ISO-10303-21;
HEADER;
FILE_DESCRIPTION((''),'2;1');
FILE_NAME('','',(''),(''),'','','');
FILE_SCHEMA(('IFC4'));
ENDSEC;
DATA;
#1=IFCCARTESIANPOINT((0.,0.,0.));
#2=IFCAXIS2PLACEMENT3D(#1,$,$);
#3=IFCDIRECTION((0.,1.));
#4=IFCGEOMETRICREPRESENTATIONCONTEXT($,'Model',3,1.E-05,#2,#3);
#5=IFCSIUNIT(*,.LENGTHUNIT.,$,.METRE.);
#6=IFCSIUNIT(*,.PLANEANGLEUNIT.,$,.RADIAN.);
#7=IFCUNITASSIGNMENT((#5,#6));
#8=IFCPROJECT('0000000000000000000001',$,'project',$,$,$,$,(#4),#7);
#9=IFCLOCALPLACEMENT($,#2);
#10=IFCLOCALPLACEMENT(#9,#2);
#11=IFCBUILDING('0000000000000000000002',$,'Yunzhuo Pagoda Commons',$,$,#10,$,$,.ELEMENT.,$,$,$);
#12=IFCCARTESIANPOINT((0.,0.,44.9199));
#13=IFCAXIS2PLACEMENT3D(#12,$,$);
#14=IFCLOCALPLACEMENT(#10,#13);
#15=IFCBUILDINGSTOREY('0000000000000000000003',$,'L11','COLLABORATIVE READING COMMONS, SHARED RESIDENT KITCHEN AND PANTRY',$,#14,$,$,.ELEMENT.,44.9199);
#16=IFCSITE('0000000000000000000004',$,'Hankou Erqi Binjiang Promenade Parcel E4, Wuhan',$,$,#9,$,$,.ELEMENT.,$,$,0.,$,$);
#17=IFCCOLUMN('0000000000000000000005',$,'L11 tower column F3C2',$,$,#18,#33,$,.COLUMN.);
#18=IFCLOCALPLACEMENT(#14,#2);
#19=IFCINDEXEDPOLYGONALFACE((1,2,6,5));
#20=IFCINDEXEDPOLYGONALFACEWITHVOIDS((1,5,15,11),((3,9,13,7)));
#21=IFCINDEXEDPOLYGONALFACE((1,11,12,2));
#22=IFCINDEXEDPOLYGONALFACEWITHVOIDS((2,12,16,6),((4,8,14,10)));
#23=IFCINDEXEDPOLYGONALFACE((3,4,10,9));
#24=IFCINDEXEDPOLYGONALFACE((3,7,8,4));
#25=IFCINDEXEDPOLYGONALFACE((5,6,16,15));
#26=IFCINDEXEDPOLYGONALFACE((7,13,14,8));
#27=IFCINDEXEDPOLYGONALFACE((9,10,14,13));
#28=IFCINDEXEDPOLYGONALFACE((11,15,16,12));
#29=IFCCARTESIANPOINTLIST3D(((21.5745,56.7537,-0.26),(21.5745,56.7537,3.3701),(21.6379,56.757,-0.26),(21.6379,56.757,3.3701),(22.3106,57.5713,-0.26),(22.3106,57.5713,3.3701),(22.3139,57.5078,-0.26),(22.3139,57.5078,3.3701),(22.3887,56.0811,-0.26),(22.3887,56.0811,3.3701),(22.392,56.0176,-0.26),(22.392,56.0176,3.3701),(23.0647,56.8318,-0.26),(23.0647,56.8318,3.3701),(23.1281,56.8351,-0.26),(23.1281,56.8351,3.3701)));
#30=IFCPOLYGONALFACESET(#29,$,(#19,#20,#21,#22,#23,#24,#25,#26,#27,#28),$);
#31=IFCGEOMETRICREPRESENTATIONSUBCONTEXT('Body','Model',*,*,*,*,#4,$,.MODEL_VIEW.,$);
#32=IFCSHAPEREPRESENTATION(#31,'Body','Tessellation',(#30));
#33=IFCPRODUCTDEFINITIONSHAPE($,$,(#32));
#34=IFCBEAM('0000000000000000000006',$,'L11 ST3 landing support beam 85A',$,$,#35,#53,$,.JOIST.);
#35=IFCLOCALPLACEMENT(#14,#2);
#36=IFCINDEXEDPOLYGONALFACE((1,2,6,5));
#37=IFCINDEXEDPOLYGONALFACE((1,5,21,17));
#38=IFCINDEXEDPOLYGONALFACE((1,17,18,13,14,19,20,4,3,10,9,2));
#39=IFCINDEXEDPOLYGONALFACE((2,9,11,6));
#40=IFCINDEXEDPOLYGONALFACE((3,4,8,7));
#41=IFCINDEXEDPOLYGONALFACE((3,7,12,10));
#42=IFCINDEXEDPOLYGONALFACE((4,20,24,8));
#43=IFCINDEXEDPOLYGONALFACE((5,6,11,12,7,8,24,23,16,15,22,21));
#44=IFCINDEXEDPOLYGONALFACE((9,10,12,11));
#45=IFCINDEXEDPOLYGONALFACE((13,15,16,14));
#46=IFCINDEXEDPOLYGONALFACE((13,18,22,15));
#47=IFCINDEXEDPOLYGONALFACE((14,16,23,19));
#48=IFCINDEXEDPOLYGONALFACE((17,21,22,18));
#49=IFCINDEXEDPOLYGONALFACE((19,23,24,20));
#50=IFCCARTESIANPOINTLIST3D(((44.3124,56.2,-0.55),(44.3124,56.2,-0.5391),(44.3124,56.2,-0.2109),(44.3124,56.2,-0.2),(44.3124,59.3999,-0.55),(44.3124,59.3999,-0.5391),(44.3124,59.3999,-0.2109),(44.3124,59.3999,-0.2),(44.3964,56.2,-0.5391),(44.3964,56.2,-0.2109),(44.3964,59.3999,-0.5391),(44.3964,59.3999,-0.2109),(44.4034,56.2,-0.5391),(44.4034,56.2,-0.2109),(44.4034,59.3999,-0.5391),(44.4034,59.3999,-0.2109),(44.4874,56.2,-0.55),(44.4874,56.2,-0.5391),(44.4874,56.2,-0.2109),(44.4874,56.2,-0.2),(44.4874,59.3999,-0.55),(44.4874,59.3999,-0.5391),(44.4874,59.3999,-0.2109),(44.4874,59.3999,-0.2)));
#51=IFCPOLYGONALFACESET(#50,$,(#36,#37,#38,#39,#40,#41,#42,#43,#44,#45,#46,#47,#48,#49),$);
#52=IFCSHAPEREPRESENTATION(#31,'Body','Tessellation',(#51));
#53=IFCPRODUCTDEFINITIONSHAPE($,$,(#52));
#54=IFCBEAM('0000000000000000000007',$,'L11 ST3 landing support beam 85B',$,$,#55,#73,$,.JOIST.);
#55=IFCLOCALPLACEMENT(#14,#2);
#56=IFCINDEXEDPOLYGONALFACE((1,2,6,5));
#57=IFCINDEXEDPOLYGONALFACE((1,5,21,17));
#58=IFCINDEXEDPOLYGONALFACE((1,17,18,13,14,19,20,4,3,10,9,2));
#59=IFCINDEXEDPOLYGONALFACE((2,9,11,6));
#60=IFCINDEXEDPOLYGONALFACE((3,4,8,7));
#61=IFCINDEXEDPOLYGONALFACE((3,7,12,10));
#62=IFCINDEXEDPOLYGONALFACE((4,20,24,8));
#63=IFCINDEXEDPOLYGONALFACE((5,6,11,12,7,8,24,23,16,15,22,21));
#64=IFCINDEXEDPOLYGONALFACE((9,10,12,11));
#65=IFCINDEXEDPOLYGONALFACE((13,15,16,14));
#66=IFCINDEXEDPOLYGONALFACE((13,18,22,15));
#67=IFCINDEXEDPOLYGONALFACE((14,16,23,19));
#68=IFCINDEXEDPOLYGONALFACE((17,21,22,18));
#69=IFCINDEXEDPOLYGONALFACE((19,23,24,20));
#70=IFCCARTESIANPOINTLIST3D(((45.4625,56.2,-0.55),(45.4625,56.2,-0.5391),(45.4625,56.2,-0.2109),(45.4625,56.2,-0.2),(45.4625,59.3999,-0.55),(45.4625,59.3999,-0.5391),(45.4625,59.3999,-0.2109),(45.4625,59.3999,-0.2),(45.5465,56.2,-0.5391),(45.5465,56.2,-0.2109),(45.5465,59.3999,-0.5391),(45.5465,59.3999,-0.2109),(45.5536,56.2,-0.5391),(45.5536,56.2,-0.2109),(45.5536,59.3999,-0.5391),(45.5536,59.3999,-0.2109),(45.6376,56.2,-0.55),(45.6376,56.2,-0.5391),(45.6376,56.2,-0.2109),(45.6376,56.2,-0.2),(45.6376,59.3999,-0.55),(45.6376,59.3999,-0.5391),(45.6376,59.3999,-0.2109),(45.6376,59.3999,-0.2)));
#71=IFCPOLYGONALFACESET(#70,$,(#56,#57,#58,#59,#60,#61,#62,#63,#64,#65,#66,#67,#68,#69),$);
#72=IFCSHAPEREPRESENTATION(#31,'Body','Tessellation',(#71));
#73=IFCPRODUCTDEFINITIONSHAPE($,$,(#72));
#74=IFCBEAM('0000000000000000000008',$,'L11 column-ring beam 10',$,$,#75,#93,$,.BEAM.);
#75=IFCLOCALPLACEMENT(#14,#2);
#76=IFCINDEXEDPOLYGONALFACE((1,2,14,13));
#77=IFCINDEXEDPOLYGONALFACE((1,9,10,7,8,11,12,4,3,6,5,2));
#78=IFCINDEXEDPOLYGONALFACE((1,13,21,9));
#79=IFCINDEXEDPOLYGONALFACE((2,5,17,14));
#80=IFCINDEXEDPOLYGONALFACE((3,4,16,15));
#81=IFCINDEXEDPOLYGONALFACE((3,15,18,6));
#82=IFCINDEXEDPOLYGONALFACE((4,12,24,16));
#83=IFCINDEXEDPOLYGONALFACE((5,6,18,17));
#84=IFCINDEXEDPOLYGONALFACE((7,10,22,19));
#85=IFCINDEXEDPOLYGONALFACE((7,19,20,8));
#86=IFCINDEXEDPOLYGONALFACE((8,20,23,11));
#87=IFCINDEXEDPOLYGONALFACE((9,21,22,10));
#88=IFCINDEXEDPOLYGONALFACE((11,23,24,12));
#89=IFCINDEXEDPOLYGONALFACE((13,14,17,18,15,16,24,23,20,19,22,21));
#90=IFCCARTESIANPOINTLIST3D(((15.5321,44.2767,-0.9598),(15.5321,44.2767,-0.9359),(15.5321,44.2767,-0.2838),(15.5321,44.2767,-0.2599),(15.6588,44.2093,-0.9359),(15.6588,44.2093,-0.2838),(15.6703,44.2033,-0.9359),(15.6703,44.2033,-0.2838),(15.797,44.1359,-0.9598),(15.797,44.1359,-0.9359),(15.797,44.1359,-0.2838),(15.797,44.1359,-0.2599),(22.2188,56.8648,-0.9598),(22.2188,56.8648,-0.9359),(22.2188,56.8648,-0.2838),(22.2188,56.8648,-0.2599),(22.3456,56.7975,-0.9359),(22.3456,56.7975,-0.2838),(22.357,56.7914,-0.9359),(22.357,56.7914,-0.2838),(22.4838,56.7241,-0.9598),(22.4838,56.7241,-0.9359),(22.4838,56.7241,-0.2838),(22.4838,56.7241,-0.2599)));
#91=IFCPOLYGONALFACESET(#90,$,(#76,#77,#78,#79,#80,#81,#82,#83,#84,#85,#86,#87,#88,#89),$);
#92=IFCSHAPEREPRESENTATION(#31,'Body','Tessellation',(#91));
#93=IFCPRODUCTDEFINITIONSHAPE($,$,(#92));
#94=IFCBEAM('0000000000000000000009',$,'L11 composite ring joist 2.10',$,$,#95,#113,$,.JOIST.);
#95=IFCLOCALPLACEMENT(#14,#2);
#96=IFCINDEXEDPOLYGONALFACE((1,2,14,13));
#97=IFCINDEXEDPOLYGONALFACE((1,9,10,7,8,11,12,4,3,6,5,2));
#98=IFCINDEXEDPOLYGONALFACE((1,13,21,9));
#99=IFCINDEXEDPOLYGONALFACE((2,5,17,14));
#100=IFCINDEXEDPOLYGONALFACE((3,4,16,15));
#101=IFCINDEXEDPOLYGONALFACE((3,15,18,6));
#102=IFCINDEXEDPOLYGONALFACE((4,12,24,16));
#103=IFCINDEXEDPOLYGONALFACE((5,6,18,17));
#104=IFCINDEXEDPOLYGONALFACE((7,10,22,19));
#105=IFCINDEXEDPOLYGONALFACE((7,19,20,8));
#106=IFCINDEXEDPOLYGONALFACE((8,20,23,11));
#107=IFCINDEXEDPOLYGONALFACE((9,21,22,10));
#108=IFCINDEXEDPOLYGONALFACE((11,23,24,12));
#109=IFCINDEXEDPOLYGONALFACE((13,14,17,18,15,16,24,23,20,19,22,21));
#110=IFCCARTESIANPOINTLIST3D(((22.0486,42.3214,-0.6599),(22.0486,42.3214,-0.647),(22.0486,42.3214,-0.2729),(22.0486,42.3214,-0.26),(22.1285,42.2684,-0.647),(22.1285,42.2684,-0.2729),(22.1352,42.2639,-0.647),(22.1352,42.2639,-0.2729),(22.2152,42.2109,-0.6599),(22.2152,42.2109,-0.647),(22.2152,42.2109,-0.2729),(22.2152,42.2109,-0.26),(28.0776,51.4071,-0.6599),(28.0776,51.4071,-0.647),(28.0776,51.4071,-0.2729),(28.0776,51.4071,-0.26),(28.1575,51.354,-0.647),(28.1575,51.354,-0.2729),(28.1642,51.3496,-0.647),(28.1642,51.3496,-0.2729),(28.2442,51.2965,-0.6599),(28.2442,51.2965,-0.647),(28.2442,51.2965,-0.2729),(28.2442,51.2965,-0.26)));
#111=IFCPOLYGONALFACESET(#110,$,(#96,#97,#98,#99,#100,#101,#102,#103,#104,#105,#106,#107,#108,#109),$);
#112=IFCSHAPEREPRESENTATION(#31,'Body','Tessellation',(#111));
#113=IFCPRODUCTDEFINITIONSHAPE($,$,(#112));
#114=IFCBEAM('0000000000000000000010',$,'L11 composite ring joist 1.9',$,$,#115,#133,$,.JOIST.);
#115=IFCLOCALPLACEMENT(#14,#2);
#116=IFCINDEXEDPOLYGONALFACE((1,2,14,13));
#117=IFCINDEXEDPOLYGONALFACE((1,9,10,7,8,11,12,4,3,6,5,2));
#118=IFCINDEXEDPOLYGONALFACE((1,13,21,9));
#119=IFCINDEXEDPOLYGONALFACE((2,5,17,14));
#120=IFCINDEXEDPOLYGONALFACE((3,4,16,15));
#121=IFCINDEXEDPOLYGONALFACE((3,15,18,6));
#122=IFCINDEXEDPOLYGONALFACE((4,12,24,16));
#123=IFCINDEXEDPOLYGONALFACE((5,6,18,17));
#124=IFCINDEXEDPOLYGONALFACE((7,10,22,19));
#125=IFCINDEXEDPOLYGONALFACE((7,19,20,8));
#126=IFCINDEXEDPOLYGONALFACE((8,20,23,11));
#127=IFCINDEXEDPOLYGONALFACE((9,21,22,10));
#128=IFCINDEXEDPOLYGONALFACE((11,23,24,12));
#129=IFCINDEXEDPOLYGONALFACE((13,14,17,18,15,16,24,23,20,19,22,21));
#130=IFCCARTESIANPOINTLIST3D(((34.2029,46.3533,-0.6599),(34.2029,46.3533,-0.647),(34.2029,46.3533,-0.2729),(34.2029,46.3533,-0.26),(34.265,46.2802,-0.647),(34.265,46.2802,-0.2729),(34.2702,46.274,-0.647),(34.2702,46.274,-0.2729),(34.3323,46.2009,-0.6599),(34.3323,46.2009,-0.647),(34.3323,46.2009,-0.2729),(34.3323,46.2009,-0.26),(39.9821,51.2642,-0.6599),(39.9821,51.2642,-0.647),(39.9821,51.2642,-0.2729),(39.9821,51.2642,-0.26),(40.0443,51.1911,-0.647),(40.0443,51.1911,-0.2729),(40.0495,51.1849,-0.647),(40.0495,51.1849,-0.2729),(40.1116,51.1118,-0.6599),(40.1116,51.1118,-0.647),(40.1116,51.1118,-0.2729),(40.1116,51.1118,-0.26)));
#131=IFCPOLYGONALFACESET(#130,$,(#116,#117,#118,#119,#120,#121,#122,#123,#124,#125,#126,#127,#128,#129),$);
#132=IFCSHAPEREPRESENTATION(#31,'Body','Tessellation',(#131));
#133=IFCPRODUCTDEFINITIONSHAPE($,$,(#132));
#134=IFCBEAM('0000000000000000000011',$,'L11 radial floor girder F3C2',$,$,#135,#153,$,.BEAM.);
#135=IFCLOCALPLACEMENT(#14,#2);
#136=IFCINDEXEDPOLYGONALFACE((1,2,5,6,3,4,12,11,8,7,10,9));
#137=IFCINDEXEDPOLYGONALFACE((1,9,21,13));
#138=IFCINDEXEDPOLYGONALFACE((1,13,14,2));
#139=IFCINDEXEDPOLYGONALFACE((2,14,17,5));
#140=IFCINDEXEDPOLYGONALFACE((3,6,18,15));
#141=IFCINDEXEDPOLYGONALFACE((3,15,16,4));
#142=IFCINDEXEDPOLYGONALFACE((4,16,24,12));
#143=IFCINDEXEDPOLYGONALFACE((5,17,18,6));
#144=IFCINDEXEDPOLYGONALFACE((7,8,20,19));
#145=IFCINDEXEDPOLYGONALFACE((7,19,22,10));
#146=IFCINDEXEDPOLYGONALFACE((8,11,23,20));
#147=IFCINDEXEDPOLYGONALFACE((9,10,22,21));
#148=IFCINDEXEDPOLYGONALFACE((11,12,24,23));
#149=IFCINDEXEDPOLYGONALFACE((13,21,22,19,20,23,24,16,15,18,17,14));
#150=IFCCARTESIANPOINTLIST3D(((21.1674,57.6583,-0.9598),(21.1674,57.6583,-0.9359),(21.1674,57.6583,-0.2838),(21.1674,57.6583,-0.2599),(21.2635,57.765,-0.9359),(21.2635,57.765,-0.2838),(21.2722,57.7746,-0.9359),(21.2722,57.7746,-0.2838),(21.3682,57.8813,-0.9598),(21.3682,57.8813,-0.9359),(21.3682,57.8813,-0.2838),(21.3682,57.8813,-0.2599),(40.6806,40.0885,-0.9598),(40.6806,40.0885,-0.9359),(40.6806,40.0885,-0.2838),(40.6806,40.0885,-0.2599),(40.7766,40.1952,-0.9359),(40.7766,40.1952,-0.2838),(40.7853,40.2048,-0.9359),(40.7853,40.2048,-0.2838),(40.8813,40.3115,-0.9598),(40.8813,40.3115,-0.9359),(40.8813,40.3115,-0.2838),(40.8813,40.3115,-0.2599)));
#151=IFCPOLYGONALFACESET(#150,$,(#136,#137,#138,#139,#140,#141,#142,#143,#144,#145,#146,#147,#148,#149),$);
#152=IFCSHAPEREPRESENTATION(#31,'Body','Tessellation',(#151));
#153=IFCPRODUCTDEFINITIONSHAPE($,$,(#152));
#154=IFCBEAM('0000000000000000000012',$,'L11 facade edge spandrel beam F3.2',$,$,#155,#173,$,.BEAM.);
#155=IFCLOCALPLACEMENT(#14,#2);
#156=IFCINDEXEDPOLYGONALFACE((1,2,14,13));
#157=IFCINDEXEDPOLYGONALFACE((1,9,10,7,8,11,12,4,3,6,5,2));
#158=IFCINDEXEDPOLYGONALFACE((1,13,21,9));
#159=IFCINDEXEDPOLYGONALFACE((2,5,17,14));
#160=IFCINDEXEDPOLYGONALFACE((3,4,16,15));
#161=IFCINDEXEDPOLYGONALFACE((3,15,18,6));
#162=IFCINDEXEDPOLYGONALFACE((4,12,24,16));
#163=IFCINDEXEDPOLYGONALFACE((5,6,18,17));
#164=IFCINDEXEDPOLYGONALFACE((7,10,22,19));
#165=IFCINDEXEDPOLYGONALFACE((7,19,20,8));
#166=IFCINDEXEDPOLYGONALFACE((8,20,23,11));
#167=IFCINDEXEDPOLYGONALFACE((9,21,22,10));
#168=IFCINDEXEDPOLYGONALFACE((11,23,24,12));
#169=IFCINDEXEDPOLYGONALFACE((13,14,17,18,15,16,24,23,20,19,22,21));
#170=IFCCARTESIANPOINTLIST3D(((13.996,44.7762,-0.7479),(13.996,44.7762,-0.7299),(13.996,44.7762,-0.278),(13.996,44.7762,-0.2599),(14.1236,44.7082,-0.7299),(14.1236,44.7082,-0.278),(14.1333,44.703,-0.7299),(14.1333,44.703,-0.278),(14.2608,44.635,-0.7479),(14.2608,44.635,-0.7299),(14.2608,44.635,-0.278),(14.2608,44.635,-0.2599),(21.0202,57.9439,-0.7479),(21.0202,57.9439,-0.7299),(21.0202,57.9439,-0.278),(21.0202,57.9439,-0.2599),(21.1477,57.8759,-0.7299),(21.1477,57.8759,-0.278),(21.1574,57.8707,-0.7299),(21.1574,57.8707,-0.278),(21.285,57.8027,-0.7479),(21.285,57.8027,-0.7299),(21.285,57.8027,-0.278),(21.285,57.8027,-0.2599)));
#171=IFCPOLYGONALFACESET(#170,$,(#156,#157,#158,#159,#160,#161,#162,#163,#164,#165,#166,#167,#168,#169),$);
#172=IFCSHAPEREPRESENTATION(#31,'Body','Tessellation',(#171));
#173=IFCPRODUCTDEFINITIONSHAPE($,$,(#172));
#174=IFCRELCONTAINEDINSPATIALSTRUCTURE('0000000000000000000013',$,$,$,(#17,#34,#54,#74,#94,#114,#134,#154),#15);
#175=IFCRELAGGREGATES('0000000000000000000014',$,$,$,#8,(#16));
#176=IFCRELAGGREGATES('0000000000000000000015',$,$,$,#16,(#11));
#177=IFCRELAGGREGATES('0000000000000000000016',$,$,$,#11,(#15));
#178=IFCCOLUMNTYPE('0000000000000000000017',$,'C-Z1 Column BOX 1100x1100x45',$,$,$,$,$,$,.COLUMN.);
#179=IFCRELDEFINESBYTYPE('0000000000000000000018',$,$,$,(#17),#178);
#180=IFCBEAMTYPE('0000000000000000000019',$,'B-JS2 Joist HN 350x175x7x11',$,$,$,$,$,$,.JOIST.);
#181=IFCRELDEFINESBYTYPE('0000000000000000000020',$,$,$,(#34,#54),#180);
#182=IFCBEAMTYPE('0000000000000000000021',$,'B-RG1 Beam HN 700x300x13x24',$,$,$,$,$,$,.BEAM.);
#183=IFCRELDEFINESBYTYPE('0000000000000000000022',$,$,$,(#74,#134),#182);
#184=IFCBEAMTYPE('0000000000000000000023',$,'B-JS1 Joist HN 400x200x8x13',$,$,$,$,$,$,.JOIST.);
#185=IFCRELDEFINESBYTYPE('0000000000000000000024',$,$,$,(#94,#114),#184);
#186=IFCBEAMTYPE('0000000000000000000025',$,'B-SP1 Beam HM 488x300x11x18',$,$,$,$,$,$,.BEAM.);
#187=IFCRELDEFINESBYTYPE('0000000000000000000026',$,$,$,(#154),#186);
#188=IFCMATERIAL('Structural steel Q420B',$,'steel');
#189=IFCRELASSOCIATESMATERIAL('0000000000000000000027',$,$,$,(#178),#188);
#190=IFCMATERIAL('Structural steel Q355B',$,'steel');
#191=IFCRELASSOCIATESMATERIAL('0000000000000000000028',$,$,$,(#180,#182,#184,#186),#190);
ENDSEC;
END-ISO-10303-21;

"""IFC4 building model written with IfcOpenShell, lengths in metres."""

from ifc_helpers import new_model, si_unit, direction, frame, origin, origin_2d, place, context, subcontext, project, spatial, hollow_rectangle, i_section, extrude, source, transform, mapped, material, material_profile, profile_set, type_object, element, save


model = new_model("IFC4")

# Units and contexts
model_context = context("Model", 3, precision=1e-05, world=origin(), true_north=direction((0.0, 1.0)))
body_context = subcontext(model_context, "Body", "Model", "MODEL_VIEW")
ifc_project = project(units=[si_unit("LENGTHUNIT", "METRE"), si_unit("PLANEANGLEUNIT", "RADIAN")], contexts=[model_context])

# Site, building, storey
site_placement = place(None, origin())
site = spatial("IfcSite", under=ifc_project, at=site_placement, Name="Hankou Erqi Binjiang Promenade Parcel E4, Wuhan", CompositionType="ELEMENT", RefElevation=0.0)
building_placement = place(site_placement, origin())
building = spatial("IfcBuilding", under=site, at=building_placement, Name="Yunzhuo Pagoda Commons", CompositionType="ELEMENT")
storey_placement = place(building_placement, frame((0.0, 0.0, 44.9199)))
storey = spatial("IfcBuildingStorey", under=building, at=storey_placement, Name="L11", Description="COLLABORATIVE READING COMMONS, SHARED RESIDENT KITCHEN AND PANTRY", CompositionType="ELEMENT", Elevation=44.9199)

# Column
ifc_material_1 = material(Name="Structural steel Q420B", Category="steel")
ifc_material_profile_1 = material_profile(ifc_material_1, hollow_rectangle(XDim=1.1001, YDim=1.1001, WallThickness=0.0449, at=origin_2d()), Name="Structural steel Q420B")
ifc_profile_set_1 = profile_set([ifc_material_profile_1], Name="Structural steel Q420B")
column_type = type_object("IfcColumnType", Name="C-Z1 Column BOX 1100x1100x45", PredefinedType="COLUMN", material=ifc_profile_set_1)
shared_shape_1 = source(origin(), body_context, "Body", "SweptSolid", [
    extrude(hollow_rectangle(XDim=1.1001, YDim=1.1001, WallThickness=0.0449, at=origin_2d()), origin(), (0.0, 0.0, 1.0), 3.6301),
])
column_placement = place(storey_placement, frame((22.3513, 56.7944, -0.26), z_axis=(0.0, 0.0, 1.0), x_axis=(-0.669131, -0.743145, 0.0)))
element("IfcColumn", 1, at=column_placement, inside=storey, type_object=column_type, Name="L11 tower column F3C2", PredefinedType="COLUMN", context=body_context, shape_type="MappedRepresentation", body=[
    mapped(shared_shape_1, transform((0.0, 0.0, 0.0), scale=1.0)),
])

# Beams
ifc_material_2 = material(Name="Structural steel Q355B", Category="steel")
ifc_material_profile_2 = material_profile(ifc_material_2, i_section(OverallWidth=0.175, OverallDepth=0.3501, WebThickness=0.0071, FlangeThickness=0.011, at=origin_2d()), Name="Structural steel Q355B")
ifc_profile_set_2 = profile_set([ifc_material_profile_2], Name="Structural steel Q355B")
beam_type_1 = type_object("IfcBeamType", Name="B-JS2 Joist HN 350x175x7x11", PredefinedType="JOIST", material=ifc_profile_set_2)
shared_shape_2 = source(origin(), body_context, "Body", "SweptSolid", [
    extrude(i_section(OverallWidth=0.175, OverallDepth=0.3501, WebThickness=0.0071, FlangeThickness=0.011, at=origin_2d()), origin(), (0.0, 0.0, 1.0), 3.2),
])
for number, where, z_axis, x_axis, name in (
    (2, (44.3999, 56.2, -0.375), (0.0, 1.0, 0.0), (-1.0, 0.0, 0.0), "L11 ST3 landing support beam 85A"),
    (3, (45.55, 56.2, -0.375), (0.0, 1.0, 0.0), (-1.0, 0.0, 0.0), "L11 ST3 landing support beam 85B"),
):
    element("IfcBeam", number, at=place(storey_placement, frame(where, z_axis=z_axis, x_axis=x_axis)), inside=storey, type_object=beam_type_1, Name=name, PredefinedType="JOIST", context=body_context, shape_type="MappedRepresentation", body=[
        mapped(shared_shape_2, transform((0.0, 0.0, 0.0), scale=1.0)),
    ])
ifc_material_profile_3 = material_profile(ifc_material_2, i_section(OverallWidth=0.3, OverallDepth=0.7, WebThickness=0.0129, FlangeThickness=0.0239, at=origin_2d()), Name="Structural steel Q355B")
ifc_profile_set_3 = profile_set([ifc_material_profile_3], Name="Structural steel Q355B")
beam_type_2 = type_object("IfcBeamType", Name="B-RG1 Beam HN 700x300x13x24", PredefinedType="BEAM", material=ifc_profile_set_3)
shared_shape_3 = source(origin(), body_context, "Body", "SweptSolid", [
    extrude(i_section(OverallWidth=0.3, OverallDepth=0.7, WebThickness=0.0129, FlangeThickness=0.0239, at=origin_2d()), origin(), (0.0, 0.0, 1.0), 14.2539),
])
beam_1_placement = place(storey_placement, frame((22.3513, 56.7944, -0.6099), z_axis=(-0.469118, -0.883135, 0.0), x_axis=(0.883135, -0.469118, 0.0)))
element("IfcBeam", 4, at=beam_1_placement, inside=storey, type_object=beam_type_2, Name="L11 column-ring beam 10", PredefinedType="BEAM", context=body_context, shape_type="MappedRepresentation", body=[
    mapped(shared_shape_3, transform((0.0, 0.0, 0.0), scale=1.0)),
])
ifc_material_profile_4 = material_profile(ifc_material_2, i_section(OverallWidth=0.2, OverallDepth=0.3999, WebThickness=0.0081, FlangeThickness=0.0129, at=origin_2d()), Name="Structural steel Q355B")
ifc_profile_set_4 = profile_set([ifc_material_profile_4], Name="Structural steel Q355B")
beam_type_3 = type_object("IfcBeamType", Name="B-JS1 Joist HN 400x200x8x13", PredefinedType="JOIST", material=ifc_profile_set_4)
shared_shape_4 = source(origin(), body_context, "Body", "SweptSolid", [
    extrude(i_section(OverallWidth=0.2, OverallDepth=0.3999, WebThickness=0.0081, FlangeThickness=0.0129, at=origin_2d()), origin(), (0.0, 0.0, 1.0), 10.9041),
])
beam_2_placement = place(storey_placement, frame((28.1609, 51.3518, -0.46), z_axis=(-0.552916, -0.833237, 0.0), x_axis=(0.833237, -0.552916, 0.0)))
element("IfcBeam", 5, at=beam_2_placement, inside=storey, type_object=beam_type_3, Name="L11 composite ring joist 2.10", PredefinedType="JOIST", context=body_context, shape_type="MappedRepresentation", body=[
    mapped(shared_shape_4, transform((0.0, 0.0, 0.0), scale=1.0)),
])
shared_shape_5 = source(origin(), body_context, "Body", "SweptSolid", [
    extrude(i_section(OverallWidth=0.2, OverallDepth=0.3999, WebThickness=0.0081, FlangeThickness=0.0129, at=origin_2d()), origin(), (0.0, 0.0, 1.0), 7.584),
])
beam_3_placement = place(storey_placement, frame((40.0469, 51.188, -0.46), z_axis=(-0.762038, -0.647533, 0.0), x_axis=(0.647533, -0.762038, 0.0)))
element("IfcBeam", 6, at=beam_3_placement, inside=storey, type_object=beam_type_3, Name="L11 composite ring joist 1.9", PredefinedType="JOIST", context=body_context, shape_type="MappedRepresentation", body=[
    mapped(shared_shape_5, transform((0.0, 0.0, 0.0), scale=1.0)),
])
shared_shape_6 = source(origin(), body_context, "Body", "SweptSolid", [
    extrude(i_section(OverallWidth=0.3, OverallDepth=0.7, WebThickness=0.0129, FlangeThickness=0.0239, at=origin_2d()), origin(), (0.0, 0.0, 1.0), 26.2576),
])
beam_4_placement = place(storey_placement, frame((21.2678, 57.7698, -0.6099), z_axis=(0.743143, -0.669132, 0.0), x_axis=(0.669132, 0.743143, 0.0)))
element("IfcBeam", 7, at=beam_4_placement, inside=storey, type_object=beam_type_2, Name="L11 radial floor girder F3C2", PredefinedType="BEAM", context=body_context, shape_type="MappedRepresentation", body=[
    mapped(shared_shape_6, transform((0.0, 0.0, 0.0), scale=1.0)),
])
ifc_material_profile_5 = material_profile(ifc_material_2, i_section(OverallWidth=0.3, OverallDepth=0.488, WebThickness=0.011, FlangeThickness=0.0181, at=origin_2d()), Name="Structural steel Q355B")
ifc_profile_set_5 = profile_set([ifc_material_profile_5], Name="Structural steel Q355B")
beam_type_4 = type_object("IfcBeamType", Name="B-SP1 Beam HM 488x300x11x18", PredefinedType="BEAM", material=ifc_profile_set_5)
shared_shape_7 = source(origin(), body_context, "Body", "SweptSolid", [
    extrude(i_section(OverallWidth=0.3, OverallDepth=0.488, WebThickness=0.011, FlangeThickness=0.0181, at=origin_2d()), origin(), (0.0, 0.0, 1.0), 14.9241),
])
beam_5_placement = place(storey_placement, frame((21.1526, 57.8733, -0.5039), z_axis=(-0.47066, -0.882314, 0.0), x_axis=(0.882314, -0.47066, 0.0)))
element("IfcBeam", 8, at=beam_5_placement, inside=storey, type_object=beam_type_4, Name="L11 facade edge spandrel beam F3.2", PredefinedType="BEAM", context=body_context, shape_type="MappedRepresentation", body=[
    mapped(shared_shape_7, transform((0.0, 0.0, 0.0), scale=1.0)),
])

save(model, "model.ifc")
